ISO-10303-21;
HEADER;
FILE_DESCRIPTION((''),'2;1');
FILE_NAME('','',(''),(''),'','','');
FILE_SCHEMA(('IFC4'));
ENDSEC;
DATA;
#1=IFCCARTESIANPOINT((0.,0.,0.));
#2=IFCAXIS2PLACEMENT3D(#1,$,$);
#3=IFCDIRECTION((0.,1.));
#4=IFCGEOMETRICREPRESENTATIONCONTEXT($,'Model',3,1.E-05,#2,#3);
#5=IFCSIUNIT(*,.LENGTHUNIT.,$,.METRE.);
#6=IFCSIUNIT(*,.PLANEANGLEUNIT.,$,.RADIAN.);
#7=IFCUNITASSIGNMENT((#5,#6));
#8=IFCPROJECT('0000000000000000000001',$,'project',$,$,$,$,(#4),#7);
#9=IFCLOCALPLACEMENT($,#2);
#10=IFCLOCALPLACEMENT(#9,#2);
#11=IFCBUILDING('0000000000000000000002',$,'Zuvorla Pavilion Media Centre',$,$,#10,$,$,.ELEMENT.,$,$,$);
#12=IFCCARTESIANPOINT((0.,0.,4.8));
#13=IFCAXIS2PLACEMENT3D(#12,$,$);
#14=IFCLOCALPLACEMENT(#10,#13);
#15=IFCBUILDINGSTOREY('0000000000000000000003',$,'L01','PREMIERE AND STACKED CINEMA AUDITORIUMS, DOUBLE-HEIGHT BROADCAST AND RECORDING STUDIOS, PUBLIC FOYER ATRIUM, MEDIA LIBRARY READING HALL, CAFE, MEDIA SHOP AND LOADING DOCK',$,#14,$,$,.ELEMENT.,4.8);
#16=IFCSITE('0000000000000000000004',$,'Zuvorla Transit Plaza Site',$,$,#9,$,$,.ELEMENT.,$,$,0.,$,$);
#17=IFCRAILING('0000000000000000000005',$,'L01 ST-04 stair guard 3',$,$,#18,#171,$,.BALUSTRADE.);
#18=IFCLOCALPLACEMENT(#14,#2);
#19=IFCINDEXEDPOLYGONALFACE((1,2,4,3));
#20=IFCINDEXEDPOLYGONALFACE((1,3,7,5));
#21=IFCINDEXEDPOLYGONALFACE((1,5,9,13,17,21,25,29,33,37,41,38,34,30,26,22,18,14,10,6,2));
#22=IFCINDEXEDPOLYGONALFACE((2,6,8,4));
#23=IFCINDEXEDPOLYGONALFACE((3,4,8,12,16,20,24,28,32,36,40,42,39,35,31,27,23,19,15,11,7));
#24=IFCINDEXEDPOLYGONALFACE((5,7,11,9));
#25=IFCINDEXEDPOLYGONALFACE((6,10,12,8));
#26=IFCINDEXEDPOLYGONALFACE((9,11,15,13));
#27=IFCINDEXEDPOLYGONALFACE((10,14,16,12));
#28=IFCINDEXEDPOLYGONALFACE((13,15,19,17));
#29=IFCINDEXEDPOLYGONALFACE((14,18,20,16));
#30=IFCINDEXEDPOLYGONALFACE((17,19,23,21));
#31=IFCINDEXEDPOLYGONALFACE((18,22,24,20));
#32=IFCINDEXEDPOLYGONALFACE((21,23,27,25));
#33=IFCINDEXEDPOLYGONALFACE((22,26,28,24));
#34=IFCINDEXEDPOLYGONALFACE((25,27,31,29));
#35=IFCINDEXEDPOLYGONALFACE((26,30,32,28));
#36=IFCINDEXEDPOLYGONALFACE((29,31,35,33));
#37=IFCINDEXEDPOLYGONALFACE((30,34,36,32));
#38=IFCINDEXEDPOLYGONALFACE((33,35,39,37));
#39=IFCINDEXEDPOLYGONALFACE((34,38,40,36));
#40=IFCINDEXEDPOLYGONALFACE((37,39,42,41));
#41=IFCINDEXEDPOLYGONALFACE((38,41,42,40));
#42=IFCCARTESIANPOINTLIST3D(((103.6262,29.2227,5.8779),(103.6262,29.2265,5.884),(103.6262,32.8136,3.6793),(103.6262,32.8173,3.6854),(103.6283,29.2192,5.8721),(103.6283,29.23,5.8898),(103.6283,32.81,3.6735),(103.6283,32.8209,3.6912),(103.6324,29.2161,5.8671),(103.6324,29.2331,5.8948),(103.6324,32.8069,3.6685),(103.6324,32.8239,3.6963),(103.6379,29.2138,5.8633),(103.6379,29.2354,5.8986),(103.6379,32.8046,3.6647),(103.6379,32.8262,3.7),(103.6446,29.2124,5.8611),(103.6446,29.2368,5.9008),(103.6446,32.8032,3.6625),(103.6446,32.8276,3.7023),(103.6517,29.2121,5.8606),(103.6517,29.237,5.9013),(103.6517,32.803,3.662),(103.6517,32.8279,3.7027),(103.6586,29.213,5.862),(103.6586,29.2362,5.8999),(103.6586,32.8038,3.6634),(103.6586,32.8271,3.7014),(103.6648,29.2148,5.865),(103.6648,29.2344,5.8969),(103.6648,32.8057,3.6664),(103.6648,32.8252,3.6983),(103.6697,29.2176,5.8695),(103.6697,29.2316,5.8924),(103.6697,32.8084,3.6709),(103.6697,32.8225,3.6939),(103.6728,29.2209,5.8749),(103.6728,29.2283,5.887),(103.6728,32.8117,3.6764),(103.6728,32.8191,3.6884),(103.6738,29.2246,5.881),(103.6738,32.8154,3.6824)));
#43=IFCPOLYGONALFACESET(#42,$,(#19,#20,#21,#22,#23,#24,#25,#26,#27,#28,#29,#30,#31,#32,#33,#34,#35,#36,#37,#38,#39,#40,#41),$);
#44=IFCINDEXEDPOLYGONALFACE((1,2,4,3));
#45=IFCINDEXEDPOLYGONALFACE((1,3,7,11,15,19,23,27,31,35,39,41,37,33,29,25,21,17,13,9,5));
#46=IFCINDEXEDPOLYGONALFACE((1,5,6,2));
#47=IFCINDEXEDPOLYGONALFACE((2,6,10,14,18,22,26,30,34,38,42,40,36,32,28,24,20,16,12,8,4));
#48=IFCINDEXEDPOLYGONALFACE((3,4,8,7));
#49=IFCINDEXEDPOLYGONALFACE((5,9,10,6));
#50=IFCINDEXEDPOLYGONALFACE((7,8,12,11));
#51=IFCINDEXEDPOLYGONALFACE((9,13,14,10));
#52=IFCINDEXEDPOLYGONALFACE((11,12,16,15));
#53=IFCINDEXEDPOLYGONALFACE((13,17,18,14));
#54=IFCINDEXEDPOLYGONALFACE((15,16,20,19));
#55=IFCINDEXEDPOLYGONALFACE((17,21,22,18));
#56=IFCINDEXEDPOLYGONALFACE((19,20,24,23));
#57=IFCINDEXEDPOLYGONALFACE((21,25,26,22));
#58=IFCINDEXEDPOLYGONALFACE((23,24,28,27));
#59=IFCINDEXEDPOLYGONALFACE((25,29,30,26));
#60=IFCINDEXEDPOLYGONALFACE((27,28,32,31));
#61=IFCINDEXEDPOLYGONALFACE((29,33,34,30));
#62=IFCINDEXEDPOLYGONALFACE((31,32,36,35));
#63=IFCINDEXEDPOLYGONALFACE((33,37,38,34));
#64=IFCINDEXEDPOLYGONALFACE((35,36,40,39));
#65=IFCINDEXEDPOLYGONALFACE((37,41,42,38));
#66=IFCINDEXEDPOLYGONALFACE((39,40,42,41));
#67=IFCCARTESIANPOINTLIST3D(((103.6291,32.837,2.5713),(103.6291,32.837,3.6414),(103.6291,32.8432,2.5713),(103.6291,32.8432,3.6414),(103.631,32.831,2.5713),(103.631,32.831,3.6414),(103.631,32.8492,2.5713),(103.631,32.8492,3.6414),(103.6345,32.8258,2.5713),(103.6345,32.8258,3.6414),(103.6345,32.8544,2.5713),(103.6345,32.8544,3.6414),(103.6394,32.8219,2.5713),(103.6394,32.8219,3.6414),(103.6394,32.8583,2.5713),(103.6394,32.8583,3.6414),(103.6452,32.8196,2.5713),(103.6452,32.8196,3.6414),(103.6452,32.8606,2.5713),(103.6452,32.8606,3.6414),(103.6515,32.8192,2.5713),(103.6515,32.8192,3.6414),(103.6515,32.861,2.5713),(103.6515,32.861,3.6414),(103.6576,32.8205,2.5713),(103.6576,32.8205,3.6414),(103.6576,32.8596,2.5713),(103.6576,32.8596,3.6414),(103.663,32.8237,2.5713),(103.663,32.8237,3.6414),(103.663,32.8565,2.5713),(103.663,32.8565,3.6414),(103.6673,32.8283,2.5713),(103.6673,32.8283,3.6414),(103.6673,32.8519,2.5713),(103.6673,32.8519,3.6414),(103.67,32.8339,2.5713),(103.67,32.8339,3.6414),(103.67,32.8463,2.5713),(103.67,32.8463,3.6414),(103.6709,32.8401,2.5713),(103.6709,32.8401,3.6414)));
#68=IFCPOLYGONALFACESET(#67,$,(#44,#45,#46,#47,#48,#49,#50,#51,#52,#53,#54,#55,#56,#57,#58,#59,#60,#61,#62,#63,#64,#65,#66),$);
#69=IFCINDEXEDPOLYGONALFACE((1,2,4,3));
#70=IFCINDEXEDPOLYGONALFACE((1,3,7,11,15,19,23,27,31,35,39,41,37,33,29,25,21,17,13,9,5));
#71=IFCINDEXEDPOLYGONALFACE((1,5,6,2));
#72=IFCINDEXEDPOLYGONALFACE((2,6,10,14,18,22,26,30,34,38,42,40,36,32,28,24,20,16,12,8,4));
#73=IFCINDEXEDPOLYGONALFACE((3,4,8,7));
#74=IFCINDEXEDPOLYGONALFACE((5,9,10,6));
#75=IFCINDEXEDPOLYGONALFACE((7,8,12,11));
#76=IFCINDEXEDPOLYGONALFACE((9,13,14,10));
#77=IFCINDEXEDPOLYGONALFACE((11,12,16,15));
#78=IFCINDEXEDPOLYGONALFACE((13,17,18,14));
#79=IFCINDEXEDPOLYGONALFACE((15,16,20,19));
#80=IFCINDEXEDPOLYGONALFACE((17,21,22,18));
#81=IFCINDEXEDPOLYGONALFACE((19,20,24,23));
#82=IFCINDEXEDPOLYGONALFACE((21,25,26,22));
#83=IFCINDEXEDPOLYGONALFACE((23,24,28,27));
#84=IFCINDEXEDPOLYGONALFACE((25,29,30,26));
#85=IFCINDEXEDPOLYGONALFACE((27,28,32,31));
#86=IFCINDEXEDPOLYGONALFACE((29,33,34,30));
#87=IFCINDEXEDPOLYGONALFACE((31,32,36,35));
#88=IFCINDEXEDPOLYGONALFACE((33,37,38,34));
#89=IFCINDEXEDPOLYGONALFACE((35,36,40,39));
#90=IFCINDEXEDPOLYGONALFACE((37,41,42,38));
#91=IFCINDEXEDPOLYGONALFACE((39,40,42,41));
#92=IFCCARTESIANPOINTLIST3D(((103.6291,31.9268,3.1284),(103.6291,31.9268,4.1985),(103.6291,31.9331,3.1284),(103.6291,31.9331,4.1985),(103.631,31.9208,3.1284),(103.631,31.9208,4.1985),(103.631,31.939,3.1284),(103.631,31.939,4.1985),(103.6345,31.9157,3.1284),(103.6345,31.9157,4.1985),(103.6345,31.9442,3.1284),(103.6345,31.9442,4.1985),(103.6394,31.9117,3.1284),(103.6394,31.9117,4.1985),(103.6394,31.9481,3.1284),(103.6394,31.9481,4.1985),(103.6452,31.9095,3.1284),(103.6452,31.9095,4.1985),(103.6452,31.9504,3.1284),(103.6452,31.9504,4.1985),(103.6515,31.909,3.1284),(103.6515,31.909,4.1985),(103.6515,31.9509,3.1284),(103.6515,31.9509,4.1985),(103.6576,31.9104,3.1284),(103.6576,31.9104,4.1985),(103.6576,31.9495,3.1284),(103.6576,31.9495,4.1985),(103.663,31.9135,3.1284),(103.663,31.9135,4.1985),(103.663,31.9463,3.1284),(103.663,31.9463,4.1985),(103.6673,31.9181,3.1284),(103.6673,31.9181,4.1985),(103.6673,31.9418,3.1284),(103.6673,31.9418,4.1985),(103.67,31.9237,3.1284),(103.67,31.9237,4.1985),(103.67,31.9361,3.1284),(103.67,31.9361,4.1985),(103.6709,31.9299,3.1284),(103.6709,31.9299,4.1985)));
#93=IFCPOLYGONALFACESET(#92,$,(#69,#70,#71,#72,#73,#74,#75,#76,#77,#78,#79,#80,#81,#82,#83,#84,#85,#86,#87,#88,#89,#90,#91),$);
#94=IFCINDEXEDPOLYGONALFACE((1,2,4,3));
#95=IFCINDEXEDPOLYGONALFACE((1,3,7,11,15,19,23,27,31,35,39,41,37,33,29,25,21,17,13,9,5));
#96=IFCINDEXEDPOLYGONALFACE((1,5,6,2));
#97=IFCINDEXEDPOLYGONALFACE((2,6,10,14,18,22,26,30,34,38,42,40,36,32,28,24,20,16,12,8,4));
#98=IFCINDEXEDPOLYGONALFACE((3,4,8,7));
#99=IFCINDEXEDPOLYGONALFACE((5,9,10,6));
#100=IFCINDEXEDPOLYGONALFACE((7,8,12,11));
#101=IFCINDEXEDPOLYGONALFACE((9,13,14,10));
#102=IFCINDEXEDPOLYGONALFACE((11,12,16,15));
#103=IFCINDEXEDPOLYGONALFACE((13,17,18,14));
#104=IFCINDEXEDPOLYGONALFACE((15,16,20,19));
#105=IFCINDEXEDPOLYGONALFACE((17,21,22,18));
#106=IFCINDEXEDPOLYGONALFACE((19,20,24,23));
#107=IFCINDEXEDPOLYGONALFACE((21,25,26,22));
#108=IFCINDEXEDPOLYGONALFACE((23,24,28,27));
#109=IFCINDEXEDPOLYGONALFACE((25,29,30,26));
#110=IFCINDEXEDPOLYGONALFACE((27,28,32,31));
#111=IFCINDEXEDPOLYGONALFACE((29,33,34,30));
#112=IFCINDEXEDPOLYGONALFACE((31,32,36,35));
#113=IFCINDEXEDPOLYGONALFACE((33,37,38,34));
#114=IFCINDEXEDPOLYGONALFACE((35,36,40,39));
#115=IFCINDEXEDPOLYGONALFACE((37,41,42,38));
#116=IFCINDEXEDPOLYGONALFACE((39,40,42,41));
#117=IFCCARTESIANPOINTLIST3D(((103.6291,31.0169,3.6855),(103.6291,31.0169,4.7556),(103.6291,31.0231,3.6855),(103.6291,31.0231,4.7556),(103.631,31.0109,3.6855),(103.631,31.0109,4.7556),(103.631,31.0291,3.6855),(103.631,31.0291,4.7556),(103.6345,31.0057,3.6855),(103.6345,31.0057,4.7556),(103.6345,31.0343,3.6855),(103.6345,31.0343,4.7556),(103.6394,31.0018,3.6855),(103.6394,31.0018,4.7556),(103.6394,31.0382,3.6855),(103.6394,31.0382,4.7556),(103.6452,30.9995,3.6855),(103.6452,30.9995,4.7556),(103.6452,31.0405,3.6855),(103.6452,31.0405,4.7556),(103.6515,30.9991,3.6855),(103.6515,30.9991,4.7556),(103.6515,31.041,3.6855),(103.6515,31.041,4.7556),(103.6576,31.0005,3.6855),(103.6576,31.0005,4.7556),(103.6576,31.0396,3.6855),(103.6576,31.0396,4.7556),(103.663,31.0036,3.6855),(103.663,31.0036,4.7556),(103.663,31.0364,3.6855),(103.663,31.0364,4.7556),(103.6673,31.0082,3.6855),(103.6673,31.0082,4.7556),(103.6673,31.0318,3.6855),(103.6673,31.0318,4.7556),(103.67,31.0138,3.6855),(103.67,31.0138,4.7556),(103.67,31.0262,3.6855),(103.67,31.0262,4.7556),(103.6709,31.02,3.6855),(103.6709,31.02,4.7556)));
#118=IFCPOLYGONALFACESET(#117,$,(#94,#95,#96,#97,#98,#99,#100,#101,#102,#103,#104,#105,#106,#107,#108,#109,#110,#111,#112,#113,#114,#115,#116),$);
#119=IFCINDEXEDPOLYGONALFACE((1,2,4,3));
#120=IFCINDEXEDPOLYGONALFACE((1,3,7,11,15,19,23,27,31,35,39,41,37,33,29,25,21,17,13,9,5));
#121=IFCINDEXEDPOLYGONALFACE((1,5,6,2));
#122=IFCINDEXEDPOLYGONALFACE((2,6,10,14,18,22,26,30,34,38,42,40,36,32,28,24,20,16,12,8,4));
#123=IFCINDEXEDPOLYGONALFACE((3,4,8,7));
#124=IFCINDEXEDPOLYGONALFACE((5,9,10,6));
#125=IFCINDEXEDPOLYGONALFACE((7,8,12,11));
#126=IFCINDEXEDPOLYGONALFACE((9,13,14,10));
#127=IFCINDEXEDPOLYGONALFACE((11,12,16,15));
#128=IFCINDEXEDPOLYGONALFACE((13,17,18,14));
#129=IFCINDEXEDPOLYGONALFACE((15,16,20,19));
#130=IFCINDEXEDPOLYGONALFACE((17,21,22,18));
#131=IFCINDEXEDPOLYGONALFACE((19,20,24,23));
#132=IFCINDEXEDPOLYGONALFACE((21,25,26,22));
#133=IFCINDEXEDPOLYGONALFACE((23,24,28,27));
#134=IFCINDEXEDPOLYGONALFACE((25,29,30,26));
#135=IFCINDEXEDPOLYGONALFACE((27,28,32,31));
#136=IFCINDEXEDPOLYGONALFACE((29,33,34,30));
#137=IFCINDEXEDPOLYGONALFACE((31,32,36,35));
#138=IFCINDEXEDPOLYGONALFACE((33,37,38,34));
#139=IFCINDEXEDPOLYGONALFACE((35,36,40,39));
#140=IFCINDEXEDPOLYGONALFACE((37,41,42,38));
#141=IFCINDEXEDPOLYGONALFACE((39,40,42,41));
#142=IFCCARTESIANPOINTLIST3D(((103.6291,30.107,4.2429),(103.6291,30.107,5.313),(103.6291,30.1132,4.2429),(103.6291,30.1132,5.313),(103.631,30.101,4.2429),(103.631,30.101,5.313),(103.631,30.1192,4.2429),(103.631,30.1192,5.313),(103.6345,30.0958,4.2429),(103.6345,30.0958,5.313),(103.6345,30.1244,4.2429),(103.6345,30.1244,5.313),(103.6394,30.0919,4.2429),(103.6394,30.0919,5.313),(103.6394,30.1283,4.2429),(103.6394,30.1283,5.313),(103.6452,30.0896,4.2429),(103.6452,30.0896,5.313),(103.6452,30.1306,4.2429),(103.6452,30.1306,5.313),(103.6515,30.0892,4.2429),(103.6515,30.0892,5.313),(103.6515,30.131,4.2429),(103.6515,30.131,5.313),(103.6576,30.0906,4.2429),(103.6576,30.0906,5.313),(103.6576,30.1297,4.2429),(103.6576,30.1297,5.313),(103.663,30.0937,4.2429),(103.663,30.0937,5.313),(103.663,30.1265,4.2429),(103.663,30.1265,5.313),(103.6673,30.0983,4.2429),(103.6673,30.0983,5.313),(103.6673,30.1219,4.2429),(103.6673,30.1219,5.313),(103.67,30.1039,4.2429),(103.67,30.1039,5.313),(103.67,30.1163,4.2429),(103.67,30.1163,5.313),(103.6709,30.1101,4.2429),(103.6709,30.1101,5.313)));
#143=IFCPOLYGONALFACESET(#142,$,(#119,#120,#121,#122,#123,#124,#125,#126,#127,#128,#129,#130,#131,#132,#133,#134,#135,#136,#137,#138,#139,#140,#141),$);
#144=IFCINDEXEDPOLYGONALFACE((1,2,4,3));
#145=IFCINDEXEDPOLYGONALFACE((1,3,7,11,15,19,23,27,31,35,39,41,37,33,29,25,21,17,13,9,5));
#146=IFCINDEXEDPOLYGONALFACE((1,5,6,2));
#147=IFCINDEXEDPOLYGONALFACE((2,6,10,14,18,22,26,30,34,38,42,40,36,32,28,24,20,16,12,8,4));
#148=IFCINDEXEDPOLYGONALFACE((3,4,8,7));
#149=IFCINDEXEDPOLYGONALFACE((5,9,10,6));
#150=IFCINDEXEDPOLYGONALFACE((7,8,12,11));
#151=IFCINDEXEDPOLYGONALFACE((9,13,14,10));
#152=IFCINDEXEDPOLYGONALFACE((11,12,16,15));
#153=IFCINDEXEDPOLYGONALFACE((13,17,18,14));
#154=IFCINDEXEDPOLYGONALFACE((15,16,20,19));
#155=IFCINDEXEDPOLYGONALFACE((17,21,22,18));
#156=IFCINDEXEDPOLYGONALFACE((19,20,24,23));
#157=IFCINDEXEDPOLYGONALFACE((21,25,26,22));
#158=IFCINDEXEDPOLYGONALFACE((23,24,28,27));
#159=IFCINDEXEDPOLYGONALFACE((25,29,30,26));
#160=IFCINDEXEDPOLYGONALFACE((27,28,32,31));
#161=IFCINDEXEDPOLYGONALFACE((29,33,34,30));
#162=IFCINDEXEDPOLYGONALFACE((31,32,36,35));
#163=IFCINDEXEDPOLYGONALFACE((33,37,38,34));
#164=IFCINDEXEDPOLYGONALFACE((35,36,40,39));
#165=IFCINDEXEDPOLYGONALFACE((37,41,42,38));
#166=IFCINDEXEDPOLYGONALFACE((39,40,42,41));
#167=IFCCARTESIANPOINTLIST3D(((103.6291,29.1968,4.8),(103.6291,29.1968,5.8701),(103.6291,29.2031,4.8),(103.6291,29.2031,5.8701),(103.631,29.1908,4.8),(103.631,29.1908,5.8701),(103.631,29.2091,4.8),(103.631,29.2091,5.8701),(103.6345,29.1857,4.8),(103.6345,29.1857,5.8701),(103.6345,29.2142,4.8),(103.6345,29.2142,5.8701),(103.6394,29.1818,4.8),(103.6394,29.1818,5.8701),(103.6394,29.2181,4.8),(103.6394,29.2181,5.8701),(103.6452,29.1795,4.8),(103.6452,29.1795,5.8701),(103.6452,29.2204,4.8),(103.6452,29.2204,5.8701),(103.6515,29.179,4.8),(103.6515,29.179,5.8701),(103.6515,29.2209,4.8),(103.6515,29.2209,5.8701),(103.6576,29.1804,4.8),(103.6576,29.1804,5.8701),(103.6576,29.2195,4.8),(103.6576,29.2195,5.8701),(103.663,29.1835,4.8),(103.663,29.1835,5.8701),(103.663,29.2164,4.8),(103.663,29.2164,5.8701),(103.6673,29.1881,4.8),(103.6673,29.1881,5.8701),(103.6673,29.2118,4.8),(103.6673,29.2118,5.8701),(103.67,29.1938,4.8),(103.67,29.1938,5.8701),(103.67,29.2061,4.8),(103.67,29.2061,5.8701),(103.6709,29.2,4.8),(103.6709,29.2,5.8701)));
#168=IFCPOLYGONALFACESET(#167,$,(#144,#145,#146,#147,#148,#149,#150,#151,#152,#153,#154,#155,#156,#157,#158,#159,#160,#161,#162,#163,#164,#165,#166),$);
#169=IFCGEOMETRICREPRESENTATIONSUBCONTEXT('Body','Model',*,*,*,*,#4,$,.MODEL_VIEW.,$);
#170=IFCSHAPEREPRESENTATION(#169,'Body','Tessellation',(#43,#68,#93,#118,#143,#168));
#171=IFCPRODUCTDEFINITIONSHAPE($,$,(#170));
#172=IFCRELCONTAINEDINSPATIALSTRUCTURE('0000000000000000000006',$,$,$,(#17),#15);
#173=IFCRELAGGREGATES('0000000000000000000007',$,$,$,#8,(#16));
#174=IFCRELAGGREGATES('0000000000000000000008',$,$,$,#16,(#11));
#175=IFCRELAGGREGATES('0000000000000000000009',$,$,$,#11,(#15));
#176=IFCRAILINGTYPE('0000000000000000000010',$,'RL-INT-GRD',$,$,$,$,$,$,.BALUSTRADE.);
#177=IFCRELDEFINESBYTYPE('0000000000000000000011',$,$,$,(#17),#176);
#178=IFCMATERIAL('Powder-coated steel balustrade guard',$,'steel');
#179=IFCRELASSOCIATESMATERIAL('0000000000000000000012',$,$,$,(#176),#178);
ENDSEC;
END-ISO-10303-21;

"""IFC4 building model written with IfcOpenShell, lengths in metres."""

from ifc_helpers import new_model, si_unit, direction, frame, origin, origin_2d, place, context, subcontext, project, spatial, circle, extrude, material, type_object, element, save


model = new_model("IFC4")

# Units and contexts
model_context = context("Model", 3, precision=1e-05, world=origin(), true_north=direction((0.0, 1.0)))
body_context = subcontext(model_context, "Body", "Model", "MODEL_VIEW")
ifc_project = project(units=[si_unit("LENGTHUNIT", "METRE"), si_unit("PLANEANGLEUNIT", "RADIAN")], contexts=[model_context])

# Site, building, storey
site_placement = place(None, origin())
site = spatial("IfcSite", under=ifc_project, at=site_placement, Name="Zuvorla Transit Plaza Site", CompositionType="ELEMENT", RefElevation=0.0)
building_placement = place(site_placement, origin())
building = spatial("IfcBuilding", under=site, at=building_placement, Name="Zuvorla Pavilion Media Centre", CompositionType="ELEMENT")
storey_placement = place(building_placement, frame((0.0, 0.0, 4.8)))
storey = spatial("IfcBuildingStorey", under=building, at=storey_placement, Name="L01", Description="PREMIERE AND STACKED CINEMA AUDITORIUMS, DOUBLE-HEIGHT BROADCAST AND RECORDING STUDIOS, PUBLIC FOYER ATRIUM, MEDIA LIBRARY READING HALL, CAFE, MEDIA SHOP AND LOADING DOCK", CompositionType="ELEMENT", Elevation=4.8)

# Railing
ifc_material_1 = material(Name="Powder-coated steel balustrade guard", Category="steel")
railing_type_1 = type_object("IfcRailingType", Name="RL-INT-GRD", PredefinedType="BALUSTRADE", material=ifc_material_1)
railing_1_placement = place(storey_placement, frame((103.6499, 32.8401, 2.5713)))
element("IfcRailing", 1, at=railing_1_placement, inside=storey, type_object=railing_type_1, Name="L01 ST-04 stair guard 3", PredefinedType="BALUSTRADE", context=body_context, shape_type="SweptSolid", body=[
    extrude(circle(Radius=0.0239, at=origin_2d()), frame((0.0, -0.0247, 1.1111), z_axis=(0.0, -0.85284, 0.522172), x_axis=(1.0, 0.0, 0.0)), (0.0, 0.0, 1.0), 4.2104),
    extrude(circle(Radius=0.021, at=origin_2d()), origin(), (0.0, 0.0, 1.0), 1.0701),
    extrude(circle(Radius=0.021, at=origin_2d()), frame((0.0, -0.9102, 0.5571)), (0.0, 0.0, 1.0), 1.0701),
    extrude(circle(Radius=0.021, at=origin_2d()), frame((0.0, -1.8201, 1.1143)), (0.0, 0.0, 1.0), 1.0701),
    extrude(circle(Radius=0.021, at=origin_2d()), frame((0.0, -2.73, 1.6716)), (0.0, 0.0, 1.0), 1.0701),
    extrude(circle(Radius=0.021, at=origin_2d()), frame((0.0, -3.6401, 2.2288)), (0.0, 0.0, 1.0), 1.0701),
])

save(model, "model.ifc")
